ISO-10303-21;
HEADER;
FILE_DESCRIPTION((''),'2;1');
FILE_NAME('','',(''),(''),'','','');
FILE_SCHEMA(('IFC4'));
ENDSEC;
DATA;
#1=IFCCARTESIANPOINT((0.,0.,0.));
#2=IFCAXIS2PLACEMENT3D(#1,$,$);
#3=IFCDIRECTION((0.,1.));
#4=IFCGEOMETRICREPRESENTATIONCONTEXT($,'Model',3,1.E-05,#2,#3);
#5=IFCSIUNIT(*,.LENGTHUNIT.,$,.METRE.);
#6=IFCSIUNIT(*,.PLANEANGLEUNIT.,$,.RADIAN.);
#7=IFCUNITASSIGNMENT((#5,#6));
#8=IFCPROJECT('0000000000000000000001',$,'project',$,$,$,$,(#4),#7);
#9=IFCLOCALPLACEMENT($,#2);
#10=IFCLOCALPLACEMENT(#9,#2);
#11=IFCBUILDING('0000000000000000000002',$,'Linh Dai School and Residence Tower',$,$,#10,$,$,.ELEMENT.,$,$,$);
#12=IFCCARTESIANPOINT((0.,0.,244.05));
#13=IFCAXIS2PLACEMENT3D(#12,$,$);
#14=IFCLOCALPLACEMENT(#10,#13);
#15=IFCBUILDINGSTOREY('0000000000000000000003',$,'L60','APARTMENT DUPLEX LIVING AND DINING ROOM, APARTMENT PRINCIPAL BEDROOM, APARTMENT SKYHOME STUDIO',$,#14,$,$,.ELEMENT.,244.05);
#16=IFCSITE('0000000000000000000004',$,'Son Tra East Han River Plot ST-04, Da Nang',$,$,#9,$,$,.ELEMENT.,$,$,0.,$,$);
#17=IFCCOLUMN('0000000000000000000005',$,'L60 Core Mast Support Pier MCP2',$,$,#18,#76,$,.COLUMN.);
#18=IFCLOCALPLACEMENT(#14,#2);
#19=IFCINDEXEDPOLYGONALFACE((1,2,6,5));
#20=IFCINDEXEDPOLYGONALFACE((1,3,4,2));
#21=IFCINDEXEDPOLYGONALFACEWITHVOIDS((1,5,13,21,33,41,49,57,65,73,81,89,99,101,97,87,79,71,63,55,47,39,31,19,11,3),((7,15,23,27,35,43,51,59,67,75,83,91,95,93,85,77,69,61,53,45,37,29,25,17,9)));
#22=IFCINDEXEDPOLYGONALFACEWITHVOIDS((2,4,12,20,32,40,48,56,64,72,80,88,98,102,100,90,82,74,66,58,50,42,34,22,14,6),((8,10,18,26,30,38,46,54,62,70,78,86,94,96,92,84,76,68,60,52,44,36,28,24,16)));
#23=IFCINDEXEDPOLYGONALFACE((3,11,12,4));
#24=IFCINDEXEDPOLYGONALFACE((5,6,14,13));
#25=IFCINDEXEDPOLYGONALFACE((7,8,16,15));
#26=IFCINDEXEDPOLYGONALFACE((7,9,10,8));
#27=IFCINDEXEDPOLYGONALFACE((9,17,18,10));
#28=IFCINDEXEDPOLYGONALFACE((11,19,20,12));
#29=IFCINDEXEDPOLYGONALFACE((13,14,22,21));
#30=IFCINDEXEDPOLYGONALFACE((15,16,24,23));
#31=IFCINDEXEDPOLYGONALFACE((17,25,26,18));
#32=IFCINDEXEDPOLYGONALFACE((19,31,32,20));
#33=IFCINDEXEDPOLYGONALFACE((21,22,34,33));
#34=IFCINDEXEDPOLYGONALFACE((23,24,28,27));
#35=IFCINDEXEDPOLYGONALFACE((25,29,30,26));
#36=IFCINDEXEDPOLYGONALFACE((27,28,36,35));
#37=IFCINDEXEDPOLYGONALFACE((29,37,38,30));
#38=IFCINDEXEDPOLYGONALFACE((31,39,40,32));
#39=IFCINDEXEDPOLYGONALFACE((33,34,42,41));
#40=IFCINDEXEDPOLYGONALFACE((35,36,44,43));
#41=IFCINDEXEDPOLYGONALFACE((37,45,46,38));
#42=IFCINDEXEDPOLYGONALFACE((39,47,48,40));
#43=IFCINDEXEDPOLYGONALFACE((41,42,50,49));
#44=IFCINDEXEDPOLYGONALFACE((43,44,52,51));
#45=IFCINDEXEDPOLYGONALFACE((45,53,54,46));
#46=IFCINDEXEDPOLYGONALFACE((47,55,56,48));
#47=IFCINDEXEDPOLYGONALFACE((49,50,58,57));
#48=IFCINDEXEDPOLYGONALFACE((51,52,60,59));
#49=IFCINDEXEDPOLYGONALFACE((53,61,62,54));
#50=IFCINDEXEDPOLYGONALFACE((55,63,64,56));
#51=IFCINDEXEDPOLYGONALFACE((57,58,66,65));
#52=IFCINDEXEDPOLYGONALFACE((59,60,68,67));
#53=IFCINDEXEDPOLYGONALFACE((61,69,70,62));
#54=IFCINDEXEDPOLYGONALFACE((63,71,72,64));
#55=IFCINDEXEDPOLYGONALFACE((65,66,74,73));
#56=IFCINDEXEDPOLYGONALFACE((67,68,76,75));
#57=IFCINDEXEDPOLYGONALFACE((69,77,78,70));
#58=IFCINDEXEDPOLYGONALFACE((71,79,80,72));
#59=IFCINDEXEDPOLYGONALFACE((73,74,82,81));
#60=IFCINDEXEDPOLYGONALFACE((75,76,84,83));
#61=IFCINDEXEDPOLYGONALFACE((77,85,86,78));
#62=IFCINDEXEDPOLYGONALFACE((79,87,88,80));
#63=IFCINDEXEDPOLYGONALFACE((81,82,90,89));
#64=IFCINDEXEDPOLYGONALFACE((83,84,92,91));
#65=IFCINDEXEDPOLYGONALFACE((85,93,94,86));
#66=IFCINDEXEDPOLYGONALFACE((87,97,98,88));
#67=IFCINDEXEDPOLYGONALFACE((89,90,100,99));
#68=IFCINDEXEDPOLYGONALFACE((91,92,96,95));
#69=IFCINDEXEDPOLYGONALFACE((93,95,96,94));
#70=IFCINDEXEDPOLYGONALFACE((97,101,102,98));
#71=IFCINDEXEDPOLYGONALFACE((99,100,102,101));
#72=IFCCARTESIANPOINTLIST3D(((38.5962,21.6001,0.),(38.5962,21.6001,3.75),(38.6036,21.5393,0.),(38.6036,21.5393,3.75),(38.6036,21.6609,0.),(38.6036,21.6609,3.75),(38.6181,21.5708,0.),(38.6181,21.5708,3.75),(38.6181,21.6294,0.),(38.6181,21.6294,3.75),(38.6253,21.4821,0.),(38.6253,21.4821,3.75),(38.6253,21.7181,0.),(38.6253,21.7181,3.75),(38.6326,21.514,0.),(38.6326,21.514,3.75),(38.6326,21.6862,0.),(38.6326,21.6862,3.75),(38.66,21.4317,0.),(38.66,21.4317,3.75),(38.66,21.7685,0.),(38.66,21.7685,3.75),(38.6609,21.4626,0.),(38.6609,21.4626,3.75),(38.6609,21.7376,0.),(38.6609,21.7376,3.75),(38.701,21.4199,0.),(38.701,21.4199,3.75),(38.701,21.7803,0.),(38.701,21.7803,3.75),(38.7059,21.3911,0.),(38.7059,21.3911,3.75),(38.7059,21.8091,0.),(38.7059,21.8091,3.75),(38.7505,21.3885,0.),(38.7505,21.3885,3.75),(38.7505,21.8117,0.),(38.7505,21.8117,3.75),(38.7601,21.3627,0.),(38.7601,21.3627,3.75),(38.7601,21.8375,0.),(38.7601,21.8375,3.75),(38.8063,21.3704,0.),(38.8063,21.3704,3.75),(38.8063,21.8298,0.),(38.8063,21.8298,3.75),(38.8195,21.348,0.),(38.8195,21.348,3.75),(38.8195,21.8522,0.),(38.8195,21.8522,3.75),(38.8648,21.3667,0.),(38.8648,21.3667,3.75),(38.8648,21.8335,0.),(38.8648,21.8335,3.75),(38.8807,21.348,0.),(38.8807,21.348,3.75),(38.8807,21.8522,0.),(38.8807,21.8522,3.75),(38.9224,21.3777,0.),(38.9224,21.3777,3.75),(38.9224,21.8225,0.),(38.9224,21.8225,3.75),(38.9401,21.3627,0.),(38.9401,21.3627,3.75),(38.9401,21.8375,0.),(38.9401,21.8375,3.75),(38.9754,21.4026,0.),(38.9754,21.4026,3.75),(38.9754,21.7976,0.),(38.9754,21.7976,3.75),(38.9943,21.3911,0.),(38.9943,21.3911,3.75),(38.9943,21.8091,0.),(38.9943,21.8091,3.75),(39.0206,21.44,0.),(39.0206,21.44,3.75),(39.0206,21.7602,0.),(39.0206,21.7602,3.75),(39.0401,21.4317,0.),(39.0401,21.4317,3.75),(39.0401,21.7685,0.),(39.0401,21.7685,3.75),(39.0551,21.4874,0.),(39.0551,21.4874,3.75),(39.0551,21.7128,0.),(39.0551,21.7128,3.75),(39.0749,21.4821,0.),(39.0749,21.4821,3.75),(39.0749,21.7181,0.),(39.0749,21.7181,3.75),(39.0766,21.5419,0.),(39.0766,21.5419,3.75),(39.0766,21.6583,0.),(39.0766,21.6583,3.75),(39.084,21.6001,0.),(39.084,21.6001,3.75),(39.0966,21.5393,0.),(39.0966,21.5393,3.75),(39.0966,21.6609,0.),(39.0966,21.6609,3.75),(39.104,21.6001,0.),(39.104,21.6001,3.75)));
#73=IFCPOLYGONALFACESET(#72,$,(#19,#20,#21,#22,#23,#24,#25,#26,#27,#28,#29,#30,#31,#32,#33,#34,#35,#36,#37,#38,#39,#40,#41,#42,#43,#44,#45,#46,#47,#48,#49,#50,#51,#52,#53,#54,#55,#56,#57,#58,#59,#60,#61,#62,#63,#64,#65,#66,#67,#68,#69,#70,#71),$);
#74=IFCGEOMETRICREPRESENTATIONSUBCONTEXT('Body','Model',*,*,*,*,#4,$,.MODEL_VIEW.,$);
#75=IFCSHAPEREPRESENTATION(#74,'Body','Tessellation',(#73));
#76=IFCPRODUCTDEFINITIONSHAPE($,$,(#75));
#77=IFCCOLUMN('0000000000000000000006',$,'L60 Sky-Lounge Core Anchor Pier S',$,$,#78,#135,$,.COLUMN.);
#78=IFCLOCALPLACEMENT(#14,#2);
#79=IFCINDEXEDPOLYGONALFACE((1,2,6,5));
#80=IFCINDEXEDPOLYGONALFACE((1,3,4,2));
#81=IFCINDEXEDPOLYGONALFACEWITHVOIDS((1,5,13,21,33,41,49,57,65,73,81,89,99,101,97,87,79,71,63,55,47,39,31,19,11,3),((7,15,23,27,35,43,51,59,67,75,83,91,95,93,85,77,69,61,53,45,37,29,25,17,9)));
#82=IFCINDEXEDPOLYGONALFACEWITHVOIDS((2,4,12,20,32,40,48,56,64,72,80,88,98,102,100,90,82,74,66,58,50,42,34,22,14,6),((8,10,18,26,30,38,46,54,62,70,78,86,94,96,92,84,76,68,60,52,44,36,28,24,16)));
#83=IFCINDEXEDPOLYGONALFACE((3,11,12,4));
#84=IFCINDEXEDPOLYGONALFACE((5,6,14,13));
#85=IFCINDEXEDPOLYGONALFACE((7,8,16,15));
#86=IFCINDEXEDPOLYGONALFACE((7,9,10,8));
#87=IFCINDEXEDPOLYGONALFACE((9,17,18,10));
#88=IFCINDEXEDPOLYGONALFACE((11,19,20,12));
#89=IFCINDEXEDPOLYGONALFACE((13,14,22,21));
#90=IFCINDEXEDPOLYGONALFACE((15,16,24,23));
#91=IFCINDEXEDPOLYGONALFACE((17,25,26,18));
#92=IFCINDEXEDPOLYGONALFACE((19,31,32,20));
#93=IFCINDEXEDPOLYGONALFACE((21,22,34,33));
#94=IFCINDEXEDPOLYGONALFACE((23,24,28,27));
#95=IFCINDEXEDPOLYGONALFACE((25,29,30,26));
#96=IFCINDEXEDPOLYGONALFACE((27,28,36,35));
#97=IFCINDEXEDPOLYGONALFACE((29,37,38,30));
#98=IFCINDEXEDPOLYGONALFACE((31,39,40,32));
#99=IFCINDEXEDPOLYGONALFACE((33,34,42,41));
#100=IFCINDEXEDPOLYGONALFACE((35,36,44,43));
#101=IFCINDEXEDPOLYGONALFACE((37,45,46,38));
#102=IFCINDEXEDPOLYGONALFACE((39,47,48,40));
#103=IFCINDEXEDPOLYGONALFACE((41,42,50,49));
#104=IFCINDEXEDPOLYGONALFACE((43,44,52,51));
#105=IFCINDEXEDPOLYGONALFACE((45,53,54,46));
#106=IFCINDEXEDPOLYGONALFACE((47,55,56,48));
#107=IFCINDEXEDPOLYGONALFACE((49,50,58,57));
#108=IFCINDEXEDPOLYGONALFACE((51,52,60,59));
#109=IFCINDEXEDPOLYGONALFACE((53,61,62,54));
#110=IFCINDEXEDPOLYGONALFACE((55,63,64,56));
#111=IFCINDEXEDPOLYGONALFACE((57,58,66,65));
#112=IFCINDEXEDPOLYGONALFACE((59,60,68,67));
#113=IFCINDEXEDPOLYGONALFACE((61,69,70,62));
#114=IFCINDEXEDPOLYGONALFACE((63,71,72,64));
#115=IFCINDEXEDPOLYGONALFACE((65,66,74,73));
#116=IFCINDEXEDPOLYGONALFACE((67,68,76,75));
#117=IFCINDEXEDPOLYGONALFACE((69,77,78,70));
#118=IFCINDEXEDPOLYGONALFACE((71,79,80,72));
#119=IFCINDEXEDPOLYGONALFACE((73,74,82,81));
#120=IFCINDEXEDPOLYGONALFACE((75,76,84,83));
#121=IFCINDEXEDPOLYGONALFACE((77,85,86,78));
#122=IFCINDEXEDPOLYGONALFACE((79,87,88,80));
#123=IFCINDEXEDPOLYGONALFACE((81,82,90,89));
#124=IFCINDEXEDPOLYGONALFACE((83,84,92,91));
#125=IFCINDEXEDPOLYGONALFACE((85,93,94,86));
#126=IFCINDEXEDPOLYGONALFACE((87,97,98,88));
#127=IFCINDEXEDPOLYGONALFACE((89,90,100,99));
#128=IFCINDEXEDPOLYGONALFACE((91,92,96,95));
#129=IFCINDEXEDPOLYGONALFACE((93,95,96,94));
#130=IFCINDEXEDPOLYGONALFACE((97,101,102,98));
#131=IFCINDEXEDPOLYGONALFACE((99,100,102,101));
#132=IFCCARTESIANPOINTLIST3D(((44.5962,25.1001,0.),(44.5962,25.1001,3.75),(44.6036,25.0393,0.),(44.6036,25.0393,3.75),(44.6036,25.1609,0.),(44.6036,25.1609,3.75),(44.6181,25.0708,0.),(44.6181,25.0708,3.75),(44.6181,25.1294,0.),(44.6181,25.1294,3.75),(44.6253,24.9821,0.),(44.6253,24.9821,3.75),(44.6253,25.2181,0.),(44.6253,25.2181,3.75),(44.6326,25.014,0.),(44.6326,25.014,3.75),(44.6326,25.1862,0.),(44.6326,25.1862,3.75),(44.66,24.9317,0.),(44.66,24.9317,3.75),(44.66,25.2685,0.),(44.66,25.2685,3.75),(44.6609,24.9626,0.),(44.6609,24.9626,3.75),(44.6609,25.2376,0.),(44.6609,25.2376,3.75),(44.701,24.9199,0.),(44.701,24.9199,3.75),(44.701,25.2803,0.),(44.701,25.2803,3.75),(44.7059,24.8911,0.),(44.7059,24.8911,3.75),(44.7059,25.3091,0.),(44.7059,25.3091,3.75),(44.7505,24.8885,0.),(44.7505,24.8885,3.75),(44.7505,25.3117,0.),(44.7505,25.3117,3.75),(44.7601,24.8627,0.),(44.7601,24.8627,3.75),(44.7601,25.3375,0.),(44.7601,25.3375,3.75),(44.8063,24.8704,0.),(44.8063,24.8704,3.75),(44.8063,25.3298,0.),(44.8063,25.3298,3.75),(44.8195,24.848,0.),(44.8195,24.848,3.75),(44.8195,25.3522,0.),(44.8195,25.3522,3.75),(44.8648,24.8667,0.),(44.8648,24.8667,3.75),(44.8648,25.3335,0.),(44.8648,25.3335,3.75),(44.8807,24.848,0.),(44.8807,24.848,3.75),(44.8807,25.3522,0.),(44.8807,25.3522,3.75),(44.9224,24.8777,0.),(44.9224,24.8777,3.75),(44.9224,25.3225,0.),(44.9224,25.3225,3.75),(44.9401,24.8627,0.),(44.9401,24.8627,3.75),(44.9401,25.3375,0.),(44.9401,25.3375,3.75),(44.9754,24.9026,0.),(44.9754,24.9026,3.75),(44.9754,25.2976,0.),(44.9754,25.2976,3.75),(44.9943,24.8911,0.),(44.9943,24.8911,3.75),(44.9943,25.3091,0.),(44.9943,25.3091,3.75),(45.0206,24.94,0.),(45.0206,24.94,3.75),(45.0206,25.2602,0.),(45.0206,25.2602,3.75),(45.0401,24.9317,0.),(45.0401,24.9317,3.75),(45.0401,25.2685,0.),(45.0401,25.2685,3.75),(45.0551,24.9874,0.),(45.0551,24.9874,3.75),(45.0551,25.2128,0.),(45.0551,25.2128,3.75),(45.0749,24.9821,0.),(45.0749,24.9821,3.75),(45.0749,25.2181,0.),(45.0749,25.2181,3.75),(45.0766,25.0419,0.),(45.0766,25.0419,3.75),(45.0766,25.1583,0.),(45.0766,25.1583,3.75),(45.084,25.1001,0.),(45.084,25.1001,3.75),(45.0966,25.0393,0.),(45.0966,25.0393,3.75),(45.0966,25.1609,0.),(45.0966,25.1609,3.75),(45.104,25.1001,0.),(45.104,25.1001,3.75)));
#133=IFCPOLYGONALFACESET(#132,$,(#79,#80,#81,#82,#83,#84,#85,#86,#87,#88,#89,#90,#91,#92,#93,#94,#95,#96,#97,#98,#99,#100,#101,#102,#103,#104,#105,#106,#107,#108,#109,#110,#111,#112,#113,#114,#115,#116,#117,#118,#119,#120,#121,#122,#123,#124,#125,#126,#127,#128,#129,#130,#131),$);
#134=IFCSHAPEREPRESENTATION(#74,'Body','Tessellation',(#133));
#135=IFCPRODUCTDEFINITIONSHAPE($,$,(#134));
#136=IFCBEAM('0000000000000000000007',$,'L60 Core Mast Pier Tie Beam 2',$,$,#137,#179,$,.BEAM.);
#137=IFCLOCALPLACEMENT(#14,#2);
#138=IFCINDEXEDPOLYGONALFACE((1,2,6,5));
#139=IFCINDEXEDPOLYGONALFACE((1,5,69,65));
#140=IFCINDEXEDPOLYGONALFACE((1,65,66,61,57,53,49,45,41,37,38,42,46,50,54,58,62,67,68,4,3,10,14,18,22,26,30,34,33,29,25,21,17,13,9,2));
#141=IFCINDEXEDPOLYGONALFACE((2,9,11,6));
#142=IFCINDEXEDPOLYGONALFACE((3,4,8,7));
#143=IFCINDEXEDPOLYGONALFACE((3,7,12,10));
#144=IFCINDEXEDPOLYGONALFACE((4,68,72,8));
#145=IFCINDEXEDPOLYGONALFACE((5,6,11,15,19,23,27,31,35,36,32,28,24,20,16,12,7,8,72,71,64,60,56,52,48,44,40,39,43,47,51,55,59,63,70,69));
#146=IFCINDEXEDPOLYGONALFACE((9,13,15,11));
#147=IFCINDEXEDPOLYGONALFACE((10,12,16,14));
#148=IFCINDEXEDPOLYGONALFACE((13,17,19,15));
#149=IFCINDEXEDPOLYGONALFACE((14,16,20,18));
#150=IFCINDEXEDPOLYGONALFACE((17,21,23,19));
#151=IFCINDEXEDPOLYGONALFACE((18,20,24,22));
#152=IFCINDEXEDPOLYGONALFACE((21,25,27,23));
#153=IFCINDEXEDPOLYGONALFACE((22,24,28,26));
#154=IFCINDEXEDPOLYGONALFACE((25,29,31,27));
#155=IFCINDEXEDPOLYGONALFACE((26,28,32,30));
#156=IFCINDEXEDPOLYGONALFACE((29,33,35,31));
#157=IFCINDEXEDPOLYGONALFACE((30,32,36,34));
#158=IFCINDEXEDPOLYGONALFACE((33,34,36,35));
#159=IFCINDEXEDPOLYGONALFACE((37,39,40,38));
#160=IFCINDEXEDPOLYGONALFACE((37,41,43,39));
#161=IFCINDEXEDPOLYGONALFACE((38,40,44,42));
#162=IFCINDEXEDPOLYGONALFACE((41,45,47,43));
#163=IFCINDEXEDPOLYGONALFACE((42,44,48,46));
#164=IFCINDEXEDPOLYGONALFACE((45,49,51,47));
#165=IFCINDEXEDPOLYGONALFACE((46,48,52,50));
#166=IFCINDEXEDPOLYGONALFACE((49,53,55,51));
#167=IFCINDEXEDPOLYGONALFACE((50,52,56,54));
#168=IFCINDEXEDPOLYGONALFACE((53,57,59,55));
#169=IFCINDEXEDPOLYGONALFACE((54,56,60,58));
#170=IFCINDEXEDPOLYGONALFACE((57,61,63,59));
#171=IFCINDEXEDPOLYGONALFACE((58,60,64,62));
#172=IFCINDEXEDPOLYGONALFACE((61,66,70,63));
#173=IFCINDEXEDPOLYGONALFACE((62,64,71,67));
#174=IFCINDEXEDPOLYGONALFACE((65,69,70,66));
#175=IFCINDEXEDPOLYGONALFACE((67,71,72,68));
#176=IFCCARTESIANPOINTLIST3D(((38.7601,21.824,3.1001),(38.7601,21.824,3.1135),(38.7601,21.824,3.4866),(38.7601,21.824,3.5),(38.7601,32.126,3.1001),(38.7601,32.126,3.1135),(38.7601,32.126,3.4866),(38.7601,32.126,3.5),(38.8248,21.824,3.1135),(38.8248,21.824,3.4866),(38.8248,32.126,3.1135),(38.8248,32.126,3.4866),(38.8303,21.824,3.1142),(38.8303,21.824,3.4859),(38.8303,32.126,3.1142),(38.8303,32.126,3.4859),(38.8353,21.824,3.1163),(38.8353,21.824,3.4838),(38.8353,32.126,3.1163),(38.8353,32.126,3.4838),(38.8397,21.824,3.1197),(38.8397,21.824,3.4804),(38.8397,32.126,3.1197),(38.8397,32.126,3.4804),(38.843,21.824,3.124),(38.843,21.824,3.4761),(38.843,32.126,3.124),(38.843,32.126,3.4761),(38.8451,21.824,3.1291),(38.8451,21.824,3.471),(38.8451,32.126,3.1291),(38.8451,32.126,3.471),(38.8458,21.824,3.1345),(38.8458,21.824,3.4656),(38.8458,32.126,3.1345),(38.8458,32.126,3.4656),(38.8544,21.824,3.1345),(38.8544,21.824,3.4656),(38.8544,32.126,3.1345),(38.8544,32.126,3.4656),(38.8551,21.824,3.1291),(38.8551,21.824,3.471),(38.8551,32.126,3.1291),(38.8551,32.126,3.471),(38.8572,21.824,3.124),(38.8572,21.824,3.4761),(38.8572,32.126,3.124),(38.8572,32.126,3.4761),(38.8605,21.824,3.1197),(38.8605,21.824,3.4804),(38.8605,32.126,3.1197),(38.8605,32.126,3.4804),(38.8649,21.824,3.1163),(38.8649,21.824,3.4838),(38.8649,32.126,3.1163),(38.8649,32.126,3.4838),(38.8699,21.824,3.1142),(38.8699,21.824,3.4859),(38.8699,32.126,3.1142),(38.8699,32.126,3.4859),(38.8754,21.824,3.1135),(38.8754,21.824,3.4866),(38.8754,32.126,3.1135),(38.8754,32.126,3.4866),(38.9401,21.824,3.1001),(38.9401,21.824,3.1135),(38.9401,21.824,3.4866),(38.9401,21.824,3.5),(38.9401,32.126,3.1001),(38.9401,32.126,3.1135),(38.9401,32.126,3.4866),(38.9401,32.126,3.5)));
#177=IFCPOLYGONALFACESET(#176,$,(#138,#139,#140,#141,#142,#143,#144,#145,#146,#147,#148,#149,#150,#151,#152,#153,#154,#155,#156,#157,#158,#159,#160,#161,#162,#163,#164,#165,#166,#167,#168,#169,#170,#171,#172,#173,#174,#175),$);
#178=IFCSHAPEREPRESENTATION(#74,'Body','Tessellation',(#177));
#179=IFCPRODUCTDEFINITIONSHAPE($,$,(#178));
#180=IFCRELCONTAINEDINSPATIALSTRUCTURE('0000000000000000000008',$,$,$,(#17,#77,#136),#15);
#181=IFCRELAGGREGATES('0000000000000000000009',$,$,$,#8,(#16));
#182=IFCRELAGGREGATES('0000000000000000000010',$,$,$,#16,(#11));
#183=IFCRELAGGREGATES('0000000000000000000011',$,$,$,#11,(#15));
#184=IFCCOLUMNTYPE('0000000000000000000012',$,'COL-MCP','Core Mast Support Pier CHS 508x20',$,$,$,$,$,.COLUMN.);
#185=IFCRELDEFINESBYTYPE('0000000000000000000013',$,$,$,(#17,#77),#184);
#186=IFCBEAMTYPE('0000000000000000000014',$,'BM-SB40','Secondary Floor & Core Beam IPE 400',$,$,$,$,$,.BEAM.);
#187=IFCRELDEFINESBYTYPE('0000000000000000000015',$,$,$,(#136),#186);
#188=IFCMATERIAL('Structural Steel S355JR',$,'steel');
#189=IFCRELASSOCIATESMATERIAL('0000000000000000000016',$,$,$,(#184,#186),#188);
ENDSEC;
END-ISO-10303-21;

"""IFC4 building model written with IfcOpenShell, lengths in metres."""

from ifc_helpers import new_model, si_unit, direction, frame, origin, origin_2d, place, context, subcontext, project, spatial, hollow_circle, i_section, extrude, material, material_profile, profile_set, type_object, element, save


model = new_model("IFC4")

# Units and contexts
model_context = context("Model", 3, precision=1e-05, world=origin(), true_north=direction((0.0, 1.0)))
body_context = subcontext(model_context, "Body", "Model", "MODEL_VIEW")
ifc_project = project(units=[si_unit("LENGTHUNIT", "METRE"), si_unit("PLANEANGLEUNIT", "RADIAN")], contexts=[model_context])

# Site, building, storey
site_placement = place(None, origin())
site = spatial("IfcSite", under=ifc_project, at=site_placement, Name="Son Tra East Han River Plot ST-04, Da Nang", CompositionType="ELEMENT", RefElevation=0.0)
building_placement = place(site_placement, origin())
building = spatial("IfcBuilding", under=site, at=building_placement, Name="Linh Dai School and Residence Tower", CompositionType="ELEMENT")
storey_placement = place(building_placement, frame((0.0, 0.0, 244.05)))
storey = spatial("IfcBuildingStorey", under=building, at=storey_placement, Name="L60", Description="APARTMENT DUPLEX LIVING AND DINING ROOM, APARTMENT PRINCIPAL BEDROOM, APARTMENT SKYHOME STUDIO", CompositionType="ELEMENT", Elevation=244.05)

# Columns
ifc_material_1 = material(Name="Structural Steel S355JR", Category="steel")
ifc_material_profile_1 = material_profile(ifc_material_1, hollow_circle(Radius=0.2539, WallThickness=0.02, at=origin_2d()), Name="CHS 508x20")
ifc_profile_set_1 = profile_set([ifc_material_profile_1], Name="Structural Steel S355JR")
column_type_1 = type_object("IfcColumnType", Name="COL-MCP", Description="Core Mast Support Pier CHS 508x20", PredefinedType="COLUMN", material=ifc_profile_set_1)
for number, where, z_axis, x_axis, name in (
    (1, (38.8501, 21.6001, 0.0), (0.0, 0.0, 1.0), (1.0, 0.0, 0.0), "L60 Core Mast Support Pier MCP2"),
    (2, (44.8501, 25.1001, 0.0), (0.0, 0.0, 1.0), (1.0, 0.0, 0.0), "L60 Sky-Lounge Core Anchor Pier S"),
):
    element("IfcColumn", number, at=place(storey_placement, frame(where, z_axis=z_axis, x_axis=x_axis)), inside=storey, type_object=column_type_1, Name=name, PredefinedType="COLUMN", context=body_context, shape_type="SweptSolid", body=[
        extrude(hollow_circle(Radius=0.2539, WallThickness=0.02, at=origin_2d()), origin(), (0.0, 0.0, 1.0), 3.75),
    ])

# Beam
ifc_material_profile_2 = material_profile(ifc_material_1, i_section(OverallWidth=0.1799, OverallDepth=0.3999, WebThickness=0.0085, FlangeThickness=0.0134, FilletRadius=0.021, at=origin_2d()), Name="IPE 400")
ifc_profile_set_2 = profile_set([ifc_material_profile_2], Name="Structural Steel S355JR")
beam_type = type_object("IfcBeamType", Name="BM-SB40", Description="Secondary Floor & Core Beam IPE 400", PredefinedType="BEAM", material=ifc_profile_set_2)
beam_placement = place(storey_placement, frame((38.8501, 21.824, 3.3), z_axis=(0.0, 1.0, 0.0), x_axis=(-1.0, 0.0, 0.0)))
element("IfcBeam", 3, at=beam_placement, inside=storey, type_object=beam_type, Name="L60 Core Mast Pier Tie Beam 2", PredefinedType="BEAM", context=body_context, shape_type="SweptSolid", body=[
    extrude(i_section(OverallWidth=0.1799, OverallDepth=0.3999, WebThickness=0.0085, FlangeThickness=0.0134, FilletRadius=0.021, at=origin_2d()), origin(), (0.0, 0.0, 1.0), 10.302),
])

save(model, "model.ifc")
